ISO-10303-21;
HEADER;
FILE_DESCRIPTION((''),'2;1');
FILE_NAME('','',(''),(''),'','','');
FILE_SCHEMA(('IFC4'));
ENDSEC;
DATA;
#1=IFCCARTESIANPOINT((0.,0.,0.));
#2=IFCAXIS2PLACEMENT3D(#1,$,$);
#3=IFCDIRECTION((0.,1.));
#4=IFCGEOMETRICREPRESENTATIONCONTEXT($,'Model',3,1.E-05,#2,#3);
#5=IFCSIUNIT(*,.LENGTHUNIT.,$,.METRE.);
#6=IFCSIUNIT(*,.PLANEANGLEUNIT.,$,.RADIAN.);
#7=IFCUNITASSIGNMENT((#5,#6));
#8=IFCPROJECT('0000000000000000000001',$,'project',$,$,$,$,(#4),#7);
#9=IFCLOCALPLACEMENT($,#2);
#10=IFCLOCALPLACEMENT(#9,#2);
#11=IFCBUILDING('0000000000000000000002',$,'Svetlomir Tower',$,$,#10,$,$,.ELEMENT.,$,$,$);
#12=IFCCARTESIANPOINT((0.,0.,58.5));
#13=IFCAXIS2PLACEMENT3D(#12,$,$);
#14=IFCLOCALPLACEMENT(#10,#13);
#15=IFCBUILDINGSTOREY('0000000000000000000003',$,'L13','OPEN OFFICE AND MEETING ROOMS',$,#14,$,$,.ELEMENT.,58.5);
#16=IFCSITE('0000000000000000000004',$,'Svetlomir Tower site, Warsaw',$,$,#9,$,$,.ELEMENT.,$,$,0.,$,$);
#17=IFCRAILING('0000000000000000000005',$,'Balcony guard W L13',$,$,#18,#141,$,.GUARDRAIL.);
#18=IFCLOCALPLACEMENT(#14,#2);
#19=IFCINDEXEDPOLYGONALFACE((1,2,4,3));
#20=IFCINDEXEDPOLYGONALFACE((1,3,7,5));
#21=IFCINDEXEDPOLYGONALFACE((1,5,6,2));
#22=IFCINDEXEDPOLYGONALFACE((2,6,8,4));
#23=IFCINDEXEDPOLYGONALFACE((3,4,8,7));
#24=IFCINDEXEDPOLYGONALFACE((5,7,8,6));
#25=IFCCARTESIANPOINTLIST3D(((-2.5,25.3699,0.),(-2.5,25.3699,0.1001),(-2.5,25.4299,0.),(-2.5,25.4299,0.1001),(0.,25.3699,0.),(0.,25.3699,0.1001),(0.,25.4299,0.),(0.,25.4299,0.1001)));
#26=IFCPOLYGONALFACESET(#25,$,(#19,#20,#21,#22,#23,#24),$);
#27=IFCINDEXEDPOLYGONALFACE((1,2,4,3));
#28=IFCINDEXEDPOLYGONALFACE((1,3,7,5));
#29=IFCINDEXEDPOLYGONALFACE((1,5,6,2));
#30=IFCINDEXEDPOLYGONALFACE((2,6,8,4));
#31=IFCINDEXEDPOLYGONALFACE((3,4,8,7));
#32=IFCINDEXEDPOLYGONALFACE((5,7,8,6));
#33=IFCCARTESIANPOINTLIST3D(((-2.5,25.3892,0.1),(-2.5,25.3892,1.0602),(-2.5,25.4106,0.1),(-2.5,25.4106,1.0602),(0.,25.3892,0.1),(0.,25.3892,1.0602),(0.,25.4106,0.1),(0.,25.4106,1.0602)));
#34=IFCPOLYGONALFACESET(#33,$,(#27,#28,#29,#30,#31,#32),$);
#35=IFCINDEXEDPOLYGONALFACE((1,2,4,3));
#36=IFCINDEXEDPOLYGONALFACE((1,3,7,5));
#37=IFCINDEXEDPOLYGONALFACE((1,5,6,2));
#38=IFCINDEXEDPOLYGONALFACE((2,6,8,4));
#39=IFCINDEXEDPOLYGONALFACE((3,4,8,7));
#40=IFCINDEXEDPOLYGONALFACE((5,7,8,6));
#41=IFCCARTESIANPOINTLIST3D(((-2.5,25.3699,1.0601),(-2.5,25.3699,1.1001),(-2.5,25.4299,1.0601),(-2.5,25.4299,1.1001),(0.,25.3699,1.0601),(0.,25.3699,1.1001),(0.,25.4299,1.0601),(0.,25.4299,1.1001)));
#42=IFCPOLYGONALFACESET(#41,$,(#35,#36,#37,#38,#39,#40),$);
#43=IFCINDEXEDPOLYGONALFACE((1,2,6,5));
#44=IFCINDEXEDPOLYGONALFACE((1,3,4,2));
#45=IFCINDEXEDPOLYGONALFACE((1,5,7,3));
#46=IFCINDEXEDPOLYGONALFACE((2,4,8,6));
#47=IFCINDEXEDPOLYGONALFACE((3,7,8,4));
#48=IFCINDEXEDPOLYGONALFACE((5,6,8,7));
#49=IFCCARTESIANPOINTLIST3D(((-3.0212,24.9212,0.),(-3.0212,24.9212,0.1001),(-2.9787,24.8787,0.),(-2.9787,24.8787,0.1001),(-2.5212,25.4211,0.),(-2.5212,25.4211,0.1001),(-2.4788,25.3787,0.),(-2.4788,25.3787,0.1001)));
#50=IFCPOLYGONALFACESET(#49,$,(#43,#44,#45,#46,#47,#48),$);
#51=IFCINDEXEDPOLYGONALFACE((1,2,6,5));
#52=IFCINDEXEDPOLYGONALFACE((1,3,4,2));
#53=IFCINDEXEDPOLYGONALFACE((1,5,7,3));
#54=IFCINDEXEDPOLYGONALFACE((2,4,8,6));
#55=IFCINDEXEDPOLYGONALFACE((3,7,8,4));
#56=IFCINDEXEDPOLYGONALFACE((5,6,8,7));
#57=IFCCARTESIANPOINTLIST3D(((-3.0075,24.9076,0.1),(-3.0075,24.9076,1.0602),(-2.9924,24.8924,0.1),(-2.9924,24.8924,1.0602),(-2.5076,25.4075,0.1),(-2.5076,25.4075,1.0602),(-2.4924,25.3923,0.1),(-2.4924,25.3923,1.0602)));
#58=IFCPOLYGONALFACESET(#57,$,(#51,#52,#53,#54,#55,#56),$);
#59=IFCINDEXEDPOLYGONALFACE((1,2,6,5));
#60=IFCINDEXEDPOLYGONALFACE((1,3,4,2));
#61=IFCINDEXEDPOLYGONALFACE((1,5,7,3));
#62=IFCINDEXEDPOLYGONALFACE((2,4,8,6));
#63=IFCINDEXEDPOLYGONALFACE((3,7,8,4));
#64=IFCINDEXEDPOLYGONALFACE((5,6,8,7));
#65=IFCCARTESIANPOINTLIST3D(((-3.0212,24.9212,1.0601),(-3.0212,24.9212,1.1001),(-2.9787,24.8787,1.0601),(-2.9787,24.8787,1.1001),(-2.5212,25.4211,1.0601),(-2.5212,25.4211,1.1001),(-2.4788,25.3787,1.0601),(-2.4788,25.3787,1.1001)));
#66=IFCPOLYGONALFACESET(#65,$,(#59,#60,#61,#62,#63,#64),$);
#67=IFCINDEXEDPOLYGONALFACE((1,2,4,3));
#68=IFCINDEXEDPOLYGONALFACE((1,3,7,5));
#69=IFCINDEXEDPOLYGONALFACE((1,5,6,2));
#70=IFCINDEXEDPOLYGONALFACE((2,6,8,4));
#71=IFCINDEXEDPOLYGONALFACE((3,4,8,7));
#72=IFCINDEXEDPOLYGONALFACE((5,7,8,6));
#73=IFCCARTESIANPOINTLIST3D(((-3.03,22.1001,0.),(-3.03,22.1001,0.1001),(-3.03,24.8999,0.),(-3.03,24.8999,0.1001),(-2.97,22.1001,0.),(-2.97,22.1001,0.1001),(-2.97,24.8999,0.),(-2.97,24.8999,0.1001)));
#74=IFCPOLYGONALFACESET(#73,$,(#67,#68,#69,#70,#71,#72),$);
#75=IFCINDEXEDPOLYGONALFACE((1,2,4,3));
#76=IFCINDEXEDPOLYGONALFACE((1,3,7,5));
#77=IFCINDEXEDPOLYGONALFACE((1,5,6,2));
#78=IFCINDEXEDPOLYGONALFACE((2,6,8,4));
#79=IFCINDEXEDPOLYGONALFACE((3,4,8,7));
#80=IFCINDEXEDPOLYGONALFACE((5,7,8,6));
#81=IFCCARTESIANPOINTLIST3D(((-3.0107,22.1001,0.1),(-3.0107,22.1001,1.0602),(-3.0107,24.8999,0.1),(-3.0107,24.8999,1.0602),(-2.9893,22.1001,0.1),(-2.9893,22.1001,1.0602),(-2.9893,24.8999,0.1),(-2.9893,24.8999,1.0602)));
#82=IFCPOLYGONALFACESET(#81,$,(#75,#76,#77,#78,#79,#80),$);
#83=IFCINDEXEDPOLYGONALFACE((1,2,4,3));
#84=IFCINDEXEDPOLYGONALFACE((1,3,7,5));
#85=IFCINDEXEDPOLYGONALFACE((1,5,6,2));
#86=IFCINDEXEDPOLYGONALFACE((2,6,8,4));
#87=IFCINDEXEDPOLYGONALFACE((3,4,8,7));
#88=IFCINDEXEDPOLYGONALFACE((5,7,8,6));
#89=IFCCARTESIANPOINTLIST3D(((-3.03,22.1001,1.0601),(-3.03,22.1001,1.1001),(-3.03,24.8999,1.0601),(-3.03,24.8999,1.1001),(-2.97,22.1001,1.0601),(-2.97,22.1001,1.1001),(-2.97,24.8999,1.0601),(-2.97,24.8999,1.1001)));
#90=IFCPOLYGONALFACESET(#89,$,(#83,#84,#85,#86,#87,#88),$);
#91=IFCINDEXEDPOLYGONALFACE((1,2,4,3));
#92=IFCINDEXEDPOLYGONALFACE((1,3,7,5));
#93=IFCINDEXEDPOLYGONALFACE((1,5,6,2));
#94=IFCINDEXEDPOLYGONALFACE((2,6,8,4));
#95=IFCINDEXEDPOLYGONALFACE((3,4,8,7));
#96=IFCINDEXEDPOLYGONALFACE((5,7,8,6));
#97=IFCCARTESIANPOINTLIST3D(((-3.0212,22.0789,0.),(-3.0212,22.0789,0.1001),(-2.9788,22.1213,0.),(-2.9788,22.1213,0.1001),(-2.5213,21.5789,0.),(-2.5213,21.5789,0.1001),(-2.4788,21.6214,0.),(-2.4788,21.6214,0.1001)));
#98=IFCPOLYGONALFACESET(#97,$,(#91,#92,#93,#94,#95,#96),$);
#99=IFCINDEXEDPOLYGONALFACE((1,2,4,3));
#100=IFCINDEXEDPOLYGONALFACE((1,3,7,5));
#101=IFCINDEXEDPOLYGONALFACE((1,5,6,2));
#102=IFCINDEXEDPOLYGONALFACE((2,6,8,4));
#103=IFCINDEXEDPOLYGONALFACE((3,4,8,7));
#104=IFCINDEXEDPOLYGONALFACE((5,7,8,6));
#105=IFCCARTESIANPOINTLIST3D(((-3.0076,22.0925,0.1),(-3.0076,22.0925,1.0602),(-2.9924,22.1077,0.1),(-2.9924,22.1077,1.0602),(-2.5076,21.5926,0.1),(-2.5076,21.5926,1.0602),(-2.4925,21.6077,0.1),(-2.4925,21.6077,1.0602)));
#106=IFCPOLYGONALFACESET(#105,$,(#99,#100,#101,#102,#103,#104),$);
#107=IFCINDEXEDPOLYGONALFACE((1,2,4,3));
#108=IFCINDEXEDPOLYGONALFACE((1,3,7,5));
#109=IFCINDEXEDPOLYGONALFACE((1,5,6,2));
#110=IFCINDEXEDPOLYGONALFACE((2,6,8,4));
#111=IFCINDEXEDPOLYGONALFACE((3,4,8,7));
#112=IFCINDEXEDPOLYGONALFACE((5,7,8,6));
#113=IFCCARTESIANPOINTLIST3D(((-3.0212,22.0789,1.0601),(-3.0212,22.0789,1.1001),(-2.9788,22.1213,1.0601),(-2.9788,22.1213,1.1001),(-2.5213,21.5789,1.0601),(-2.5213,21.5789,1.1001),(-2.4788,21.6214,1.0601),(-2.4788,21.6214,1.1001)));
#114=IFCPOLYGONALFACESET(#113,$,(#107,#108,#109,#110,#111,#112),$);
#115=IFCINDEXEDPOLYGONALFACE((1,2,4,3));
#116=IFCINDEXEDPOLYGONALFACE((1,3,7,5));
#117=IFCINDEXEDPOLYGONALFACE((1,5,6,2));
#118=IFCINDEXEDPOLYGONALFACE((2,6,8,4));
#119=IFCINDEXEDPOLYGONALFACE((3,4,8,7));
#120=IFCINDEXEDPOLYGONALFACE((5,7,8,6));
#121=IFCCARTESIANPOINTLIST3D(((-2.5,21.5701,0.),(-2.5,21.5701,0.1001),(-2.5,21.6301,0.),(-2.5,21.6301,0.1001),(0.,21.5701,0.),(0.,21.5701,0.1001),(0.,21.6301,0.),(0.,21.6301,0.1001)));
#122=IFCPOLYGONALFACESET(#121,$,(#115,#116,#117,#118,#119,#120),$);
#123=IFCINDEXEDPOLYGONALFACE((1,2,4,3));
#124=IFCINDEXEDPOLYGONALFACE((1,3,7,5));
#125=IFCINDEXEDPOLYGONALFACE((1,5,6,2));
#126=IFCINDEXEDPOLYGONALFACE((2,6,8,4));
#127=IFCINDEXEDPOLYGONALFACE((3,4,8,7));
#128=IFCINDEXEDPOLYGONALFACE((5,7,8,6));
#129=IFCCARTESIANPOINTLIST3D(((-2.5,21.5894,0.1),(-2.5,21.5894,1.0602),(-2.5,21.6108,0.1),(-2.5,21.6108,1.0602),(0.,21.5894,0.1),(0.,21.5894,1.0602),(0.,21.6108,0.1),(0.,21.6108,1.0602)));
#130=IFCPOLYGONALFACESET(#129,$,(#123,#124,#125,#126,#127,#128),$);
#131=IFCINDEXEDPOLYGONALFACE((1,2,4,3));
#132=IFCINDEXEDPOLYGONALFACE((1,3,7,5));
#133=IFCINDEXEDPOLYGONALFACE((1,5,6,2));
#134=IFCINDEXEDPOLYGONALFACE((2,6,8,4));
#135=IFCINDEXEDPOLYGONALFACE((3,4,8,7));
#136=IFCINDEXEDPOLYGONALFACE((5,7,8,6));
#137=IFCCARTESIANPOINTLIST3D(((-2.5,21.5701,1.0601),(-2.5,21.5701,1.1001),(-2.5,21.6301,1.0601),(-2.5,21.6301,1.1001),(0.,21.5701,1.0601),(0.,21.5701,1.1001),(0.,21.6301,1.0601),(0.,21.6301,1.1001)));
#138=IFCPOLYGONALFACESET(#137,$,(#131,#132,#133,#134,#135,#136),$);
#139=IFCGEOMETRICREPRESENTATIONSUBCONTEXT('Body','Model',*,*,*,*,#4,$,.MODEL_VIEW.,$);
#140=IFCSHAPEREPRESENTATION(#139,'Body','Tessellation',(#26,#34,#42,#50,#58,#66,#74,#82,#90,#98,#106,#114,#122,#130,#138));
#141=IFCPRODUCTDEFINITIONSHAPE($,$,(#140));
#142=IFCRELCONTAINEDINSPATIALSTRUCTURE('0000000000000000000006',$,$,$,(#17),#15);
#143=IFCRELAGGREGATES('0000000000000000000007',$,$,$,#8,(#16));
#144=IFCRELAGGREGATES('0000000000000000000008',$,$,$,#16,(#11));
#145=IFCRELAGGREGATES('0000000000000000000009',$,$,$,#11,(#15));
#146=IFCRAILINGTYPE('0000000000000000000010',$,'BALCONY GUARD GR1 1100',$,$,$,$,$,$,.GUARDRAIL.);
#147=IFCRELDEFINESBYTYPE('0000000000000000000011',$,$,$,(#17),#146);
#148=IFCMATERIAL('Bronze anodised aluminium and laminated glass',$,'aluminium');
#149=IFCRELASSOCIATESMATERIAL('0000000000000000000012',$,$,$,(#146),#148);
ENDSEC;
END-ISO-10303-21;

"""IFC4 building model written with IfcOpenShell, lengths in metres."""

from ifc_helpers import new_model, si_unit, direction, frame, origin, origin_2d, place, context, subcontext, project, spatial, rectangle, extrude, material, type_object, element, save


model = new_model("IFC4")

# Units and contexts
model_context = context("Model", 3, precision=1e-05, world=origin(), true_north=direction((0.0, 1.0)))
body_context = subcontext(model_context, "Body", "Model", "MODEL_VIEW")
ifc_project = project(units=[si_unit("LENGTHUNIT", "METRE"), si_unit("PLANEANGLEUNIT", "RADIAN")], contexts=[model_context])

# Site, building, storey
site_placement = place(None, origin())
site = spatial("IfcSite", under=ifc_project, at=site_placement, Name="Svetlomir Tower site, Warsaw", CompositionType="ELEMENT", RefElevation=0.0)
building_placement = place(site_placement, origin())
building = spatial("IfcBuilding", under=site, at=building_placement, Name="Svetlomir Tower", CompositionType="ELEMENT")
storey_placement = place(building_placement, frame((0.0, 0.0, 58.5)))
storey = spatial("IfcBuildingStorey", under=building, at=storey_placement, Name="L13", Description="OPEN OFFICE AND MEETING ROOMS", CompositionType="ELEMENT", Elevation=58.5)

# Railing
ifc_material_1 = material(Name="Bronze anodised aluminium and laminated glass", Category="aluminium")
railing_type = type_object("IfcRailingType", Name="BALCONY GUARD GR1 1100", PredefinedType="GUARDRAIL", material=ifc_material_1)
railing_placement = place(storey_placement, frame((0.0, 25.3999, 0.0)))
element("IfcRailing", 1, at=railing_placement, inside=storey, type_object=railing_type, Name="Balcony guard W L13", PredefinedType="GUARDRAIL", context=body_context, shape_type="SweptSolid", body=[
    extrude(rectangle(XDim=0.0601, YDim=0.1001, at=origin_2d()), frame((0.0, 0.0, 0.05), z_axis=(-1.0, 0.0, 0.0), x_axis=(0.0, -1.0, 0.0)), (0.0, 0.0, 1.0), 2.5),
    extrude(rectangle(XDim=0.0215, YDim=0.9602, at=origin_2d()), frame((0.0, 0.0, 0.5801), z_axis=(-1.0, 0.0, 0.0), x_axis=(0.0, -1.0, 0.0)), (0.0, 0.0, 1.0), 2.5),
    extrude(rectangle(XDim=0.0601, YDim=0.04, at=origin_2d()), frame((0.0, 0.0, 1.0801), z_axis=(-1.0, 0.0, 0.0), x_axis=(0.0, -1.0, 0.0)), (0.0, 0.0, 1.0), 2.5),
    extrude(rectangle(XDim=0.0601, YDim=0.1001, at=origin_2d()), frame((-2.5, 0.0, 0.05), z_axis=(-0.707107, -0.707107, 0.0), x_axis=(0.707107, -0.707107, 0.0)), (0.0, 0.0, 1.0), 0.707),
    extrude(rectangle(XDim=0.0215, YDim=0.9602, at=origin_2d()), frame((-2.5, 0.0, 0.5801), z_axis=(-0.707107, -0.707107, 0.0), x_axis=(0.707107, -0.707107, 0.0)), (0.0, 0.0, 1.0), 0.707),
    extrude(rectangle(XDim=0.0601, YDim=0.04, at=origin_2d()), frame((-2.5, 0.0, 1.0801), z_axis=(-0.707107, -0.707107, 0.0), x_axis=(0.707107, -0.707107, 0.0)), (0.0, 0.0, 1.0), 0.707),
    extrude(rectangle(XDim=0.0601, YDim=0.1001, at=origin_2d()), frame((-3.0, -0.5, 0.05), z_axis=(0.0, -1.0, 0.0), x_axis=(1.0, 0.0, 0.0)), (0.0, 0.0, 1.0), 2.7998),
    extrude(rectangle(XDim=0.0215, YDim=0.9602, at=origin_2d()), frame((-3.0, -0.5, 0.5801), z_axis=(0.0, -1.0, 0.0), x_axis=(1.0, 0.0, 0.0)), (0.0, 0.0, 1.0), 2.7998),
    extrude(rectangle(XDim=0.0601, YDim=0.04, at=origin_2d()), frame((-3.0, -0.5, 1.0801), z_axis=(0.0, -1.0, 0.0), x_axis=(1.0, 0.0, 0.0)), (0.0, 0.0, 1.0), 2.7998),
    extrude(rectangle(XDim=0.0601, YDim=0.1001, at=origin_2d()), frame((-3.0, -3.2998, 0.05), z_axis=(0.707107, -0.707107, 0.0), x_axis=(0.707107, 0.707107, 0.0)), (0.0, 0.0, 1.0), 0.707),
    extrude(rectangle(XDim=0.0215, YDim=0.9602, at=origin_2d()), frame((-3.0, -3.2998, 0.5801), z_axis=(0.707107, -0.707107, 0.0), x_axis=(0.707107, 0.707107, 0.0)), (0.0, 0.0, 1.0), 0.707),
    extrude(rectangle(XDim=0.0601, YDim=0.04, at=origin_2d()), frame((-3.0, -3.2998, 1.0801), z_axis=(0.707107, -0.707107, 0.0), x_axis=(0.707107, 0.707107, 0.0)), (0.0, 0.0, 1.0), 0.707),
    extrude(rectangle(XDim=0.0601, YDim=0.1001, at=origin_2d()), frame((-2.5, -3.7998, 0.05), z_axis=(1.0, 0.0, 0.0), x_axis=(0.0, 1.0, 0.0)), (0.0, 0.0, 1.0), 2.5),
    extrude(rectangle(XDim=0.0215, YDim=0.9602, at=origin_2d()), frame((-2.5, -3.7998, 0.5801), z_axis=(1.0, 0.0, 0.0), x_axis=(0.0, 1.0, 0.0)), (0.0, 0.0, 1.0), 2.5),
    extrude(rectangle(XDim=0.0601, YDim=0.04, at=origin_2d()), frame((-2.5, -3.7998, 1.0801), z_axis=(1.0, 0.0, 0.0), x_axis=(0.0, 1.0, 0.0)), (0.0, 0.0, 1.0), 2.5),
])

save(model, "model.ifc")
